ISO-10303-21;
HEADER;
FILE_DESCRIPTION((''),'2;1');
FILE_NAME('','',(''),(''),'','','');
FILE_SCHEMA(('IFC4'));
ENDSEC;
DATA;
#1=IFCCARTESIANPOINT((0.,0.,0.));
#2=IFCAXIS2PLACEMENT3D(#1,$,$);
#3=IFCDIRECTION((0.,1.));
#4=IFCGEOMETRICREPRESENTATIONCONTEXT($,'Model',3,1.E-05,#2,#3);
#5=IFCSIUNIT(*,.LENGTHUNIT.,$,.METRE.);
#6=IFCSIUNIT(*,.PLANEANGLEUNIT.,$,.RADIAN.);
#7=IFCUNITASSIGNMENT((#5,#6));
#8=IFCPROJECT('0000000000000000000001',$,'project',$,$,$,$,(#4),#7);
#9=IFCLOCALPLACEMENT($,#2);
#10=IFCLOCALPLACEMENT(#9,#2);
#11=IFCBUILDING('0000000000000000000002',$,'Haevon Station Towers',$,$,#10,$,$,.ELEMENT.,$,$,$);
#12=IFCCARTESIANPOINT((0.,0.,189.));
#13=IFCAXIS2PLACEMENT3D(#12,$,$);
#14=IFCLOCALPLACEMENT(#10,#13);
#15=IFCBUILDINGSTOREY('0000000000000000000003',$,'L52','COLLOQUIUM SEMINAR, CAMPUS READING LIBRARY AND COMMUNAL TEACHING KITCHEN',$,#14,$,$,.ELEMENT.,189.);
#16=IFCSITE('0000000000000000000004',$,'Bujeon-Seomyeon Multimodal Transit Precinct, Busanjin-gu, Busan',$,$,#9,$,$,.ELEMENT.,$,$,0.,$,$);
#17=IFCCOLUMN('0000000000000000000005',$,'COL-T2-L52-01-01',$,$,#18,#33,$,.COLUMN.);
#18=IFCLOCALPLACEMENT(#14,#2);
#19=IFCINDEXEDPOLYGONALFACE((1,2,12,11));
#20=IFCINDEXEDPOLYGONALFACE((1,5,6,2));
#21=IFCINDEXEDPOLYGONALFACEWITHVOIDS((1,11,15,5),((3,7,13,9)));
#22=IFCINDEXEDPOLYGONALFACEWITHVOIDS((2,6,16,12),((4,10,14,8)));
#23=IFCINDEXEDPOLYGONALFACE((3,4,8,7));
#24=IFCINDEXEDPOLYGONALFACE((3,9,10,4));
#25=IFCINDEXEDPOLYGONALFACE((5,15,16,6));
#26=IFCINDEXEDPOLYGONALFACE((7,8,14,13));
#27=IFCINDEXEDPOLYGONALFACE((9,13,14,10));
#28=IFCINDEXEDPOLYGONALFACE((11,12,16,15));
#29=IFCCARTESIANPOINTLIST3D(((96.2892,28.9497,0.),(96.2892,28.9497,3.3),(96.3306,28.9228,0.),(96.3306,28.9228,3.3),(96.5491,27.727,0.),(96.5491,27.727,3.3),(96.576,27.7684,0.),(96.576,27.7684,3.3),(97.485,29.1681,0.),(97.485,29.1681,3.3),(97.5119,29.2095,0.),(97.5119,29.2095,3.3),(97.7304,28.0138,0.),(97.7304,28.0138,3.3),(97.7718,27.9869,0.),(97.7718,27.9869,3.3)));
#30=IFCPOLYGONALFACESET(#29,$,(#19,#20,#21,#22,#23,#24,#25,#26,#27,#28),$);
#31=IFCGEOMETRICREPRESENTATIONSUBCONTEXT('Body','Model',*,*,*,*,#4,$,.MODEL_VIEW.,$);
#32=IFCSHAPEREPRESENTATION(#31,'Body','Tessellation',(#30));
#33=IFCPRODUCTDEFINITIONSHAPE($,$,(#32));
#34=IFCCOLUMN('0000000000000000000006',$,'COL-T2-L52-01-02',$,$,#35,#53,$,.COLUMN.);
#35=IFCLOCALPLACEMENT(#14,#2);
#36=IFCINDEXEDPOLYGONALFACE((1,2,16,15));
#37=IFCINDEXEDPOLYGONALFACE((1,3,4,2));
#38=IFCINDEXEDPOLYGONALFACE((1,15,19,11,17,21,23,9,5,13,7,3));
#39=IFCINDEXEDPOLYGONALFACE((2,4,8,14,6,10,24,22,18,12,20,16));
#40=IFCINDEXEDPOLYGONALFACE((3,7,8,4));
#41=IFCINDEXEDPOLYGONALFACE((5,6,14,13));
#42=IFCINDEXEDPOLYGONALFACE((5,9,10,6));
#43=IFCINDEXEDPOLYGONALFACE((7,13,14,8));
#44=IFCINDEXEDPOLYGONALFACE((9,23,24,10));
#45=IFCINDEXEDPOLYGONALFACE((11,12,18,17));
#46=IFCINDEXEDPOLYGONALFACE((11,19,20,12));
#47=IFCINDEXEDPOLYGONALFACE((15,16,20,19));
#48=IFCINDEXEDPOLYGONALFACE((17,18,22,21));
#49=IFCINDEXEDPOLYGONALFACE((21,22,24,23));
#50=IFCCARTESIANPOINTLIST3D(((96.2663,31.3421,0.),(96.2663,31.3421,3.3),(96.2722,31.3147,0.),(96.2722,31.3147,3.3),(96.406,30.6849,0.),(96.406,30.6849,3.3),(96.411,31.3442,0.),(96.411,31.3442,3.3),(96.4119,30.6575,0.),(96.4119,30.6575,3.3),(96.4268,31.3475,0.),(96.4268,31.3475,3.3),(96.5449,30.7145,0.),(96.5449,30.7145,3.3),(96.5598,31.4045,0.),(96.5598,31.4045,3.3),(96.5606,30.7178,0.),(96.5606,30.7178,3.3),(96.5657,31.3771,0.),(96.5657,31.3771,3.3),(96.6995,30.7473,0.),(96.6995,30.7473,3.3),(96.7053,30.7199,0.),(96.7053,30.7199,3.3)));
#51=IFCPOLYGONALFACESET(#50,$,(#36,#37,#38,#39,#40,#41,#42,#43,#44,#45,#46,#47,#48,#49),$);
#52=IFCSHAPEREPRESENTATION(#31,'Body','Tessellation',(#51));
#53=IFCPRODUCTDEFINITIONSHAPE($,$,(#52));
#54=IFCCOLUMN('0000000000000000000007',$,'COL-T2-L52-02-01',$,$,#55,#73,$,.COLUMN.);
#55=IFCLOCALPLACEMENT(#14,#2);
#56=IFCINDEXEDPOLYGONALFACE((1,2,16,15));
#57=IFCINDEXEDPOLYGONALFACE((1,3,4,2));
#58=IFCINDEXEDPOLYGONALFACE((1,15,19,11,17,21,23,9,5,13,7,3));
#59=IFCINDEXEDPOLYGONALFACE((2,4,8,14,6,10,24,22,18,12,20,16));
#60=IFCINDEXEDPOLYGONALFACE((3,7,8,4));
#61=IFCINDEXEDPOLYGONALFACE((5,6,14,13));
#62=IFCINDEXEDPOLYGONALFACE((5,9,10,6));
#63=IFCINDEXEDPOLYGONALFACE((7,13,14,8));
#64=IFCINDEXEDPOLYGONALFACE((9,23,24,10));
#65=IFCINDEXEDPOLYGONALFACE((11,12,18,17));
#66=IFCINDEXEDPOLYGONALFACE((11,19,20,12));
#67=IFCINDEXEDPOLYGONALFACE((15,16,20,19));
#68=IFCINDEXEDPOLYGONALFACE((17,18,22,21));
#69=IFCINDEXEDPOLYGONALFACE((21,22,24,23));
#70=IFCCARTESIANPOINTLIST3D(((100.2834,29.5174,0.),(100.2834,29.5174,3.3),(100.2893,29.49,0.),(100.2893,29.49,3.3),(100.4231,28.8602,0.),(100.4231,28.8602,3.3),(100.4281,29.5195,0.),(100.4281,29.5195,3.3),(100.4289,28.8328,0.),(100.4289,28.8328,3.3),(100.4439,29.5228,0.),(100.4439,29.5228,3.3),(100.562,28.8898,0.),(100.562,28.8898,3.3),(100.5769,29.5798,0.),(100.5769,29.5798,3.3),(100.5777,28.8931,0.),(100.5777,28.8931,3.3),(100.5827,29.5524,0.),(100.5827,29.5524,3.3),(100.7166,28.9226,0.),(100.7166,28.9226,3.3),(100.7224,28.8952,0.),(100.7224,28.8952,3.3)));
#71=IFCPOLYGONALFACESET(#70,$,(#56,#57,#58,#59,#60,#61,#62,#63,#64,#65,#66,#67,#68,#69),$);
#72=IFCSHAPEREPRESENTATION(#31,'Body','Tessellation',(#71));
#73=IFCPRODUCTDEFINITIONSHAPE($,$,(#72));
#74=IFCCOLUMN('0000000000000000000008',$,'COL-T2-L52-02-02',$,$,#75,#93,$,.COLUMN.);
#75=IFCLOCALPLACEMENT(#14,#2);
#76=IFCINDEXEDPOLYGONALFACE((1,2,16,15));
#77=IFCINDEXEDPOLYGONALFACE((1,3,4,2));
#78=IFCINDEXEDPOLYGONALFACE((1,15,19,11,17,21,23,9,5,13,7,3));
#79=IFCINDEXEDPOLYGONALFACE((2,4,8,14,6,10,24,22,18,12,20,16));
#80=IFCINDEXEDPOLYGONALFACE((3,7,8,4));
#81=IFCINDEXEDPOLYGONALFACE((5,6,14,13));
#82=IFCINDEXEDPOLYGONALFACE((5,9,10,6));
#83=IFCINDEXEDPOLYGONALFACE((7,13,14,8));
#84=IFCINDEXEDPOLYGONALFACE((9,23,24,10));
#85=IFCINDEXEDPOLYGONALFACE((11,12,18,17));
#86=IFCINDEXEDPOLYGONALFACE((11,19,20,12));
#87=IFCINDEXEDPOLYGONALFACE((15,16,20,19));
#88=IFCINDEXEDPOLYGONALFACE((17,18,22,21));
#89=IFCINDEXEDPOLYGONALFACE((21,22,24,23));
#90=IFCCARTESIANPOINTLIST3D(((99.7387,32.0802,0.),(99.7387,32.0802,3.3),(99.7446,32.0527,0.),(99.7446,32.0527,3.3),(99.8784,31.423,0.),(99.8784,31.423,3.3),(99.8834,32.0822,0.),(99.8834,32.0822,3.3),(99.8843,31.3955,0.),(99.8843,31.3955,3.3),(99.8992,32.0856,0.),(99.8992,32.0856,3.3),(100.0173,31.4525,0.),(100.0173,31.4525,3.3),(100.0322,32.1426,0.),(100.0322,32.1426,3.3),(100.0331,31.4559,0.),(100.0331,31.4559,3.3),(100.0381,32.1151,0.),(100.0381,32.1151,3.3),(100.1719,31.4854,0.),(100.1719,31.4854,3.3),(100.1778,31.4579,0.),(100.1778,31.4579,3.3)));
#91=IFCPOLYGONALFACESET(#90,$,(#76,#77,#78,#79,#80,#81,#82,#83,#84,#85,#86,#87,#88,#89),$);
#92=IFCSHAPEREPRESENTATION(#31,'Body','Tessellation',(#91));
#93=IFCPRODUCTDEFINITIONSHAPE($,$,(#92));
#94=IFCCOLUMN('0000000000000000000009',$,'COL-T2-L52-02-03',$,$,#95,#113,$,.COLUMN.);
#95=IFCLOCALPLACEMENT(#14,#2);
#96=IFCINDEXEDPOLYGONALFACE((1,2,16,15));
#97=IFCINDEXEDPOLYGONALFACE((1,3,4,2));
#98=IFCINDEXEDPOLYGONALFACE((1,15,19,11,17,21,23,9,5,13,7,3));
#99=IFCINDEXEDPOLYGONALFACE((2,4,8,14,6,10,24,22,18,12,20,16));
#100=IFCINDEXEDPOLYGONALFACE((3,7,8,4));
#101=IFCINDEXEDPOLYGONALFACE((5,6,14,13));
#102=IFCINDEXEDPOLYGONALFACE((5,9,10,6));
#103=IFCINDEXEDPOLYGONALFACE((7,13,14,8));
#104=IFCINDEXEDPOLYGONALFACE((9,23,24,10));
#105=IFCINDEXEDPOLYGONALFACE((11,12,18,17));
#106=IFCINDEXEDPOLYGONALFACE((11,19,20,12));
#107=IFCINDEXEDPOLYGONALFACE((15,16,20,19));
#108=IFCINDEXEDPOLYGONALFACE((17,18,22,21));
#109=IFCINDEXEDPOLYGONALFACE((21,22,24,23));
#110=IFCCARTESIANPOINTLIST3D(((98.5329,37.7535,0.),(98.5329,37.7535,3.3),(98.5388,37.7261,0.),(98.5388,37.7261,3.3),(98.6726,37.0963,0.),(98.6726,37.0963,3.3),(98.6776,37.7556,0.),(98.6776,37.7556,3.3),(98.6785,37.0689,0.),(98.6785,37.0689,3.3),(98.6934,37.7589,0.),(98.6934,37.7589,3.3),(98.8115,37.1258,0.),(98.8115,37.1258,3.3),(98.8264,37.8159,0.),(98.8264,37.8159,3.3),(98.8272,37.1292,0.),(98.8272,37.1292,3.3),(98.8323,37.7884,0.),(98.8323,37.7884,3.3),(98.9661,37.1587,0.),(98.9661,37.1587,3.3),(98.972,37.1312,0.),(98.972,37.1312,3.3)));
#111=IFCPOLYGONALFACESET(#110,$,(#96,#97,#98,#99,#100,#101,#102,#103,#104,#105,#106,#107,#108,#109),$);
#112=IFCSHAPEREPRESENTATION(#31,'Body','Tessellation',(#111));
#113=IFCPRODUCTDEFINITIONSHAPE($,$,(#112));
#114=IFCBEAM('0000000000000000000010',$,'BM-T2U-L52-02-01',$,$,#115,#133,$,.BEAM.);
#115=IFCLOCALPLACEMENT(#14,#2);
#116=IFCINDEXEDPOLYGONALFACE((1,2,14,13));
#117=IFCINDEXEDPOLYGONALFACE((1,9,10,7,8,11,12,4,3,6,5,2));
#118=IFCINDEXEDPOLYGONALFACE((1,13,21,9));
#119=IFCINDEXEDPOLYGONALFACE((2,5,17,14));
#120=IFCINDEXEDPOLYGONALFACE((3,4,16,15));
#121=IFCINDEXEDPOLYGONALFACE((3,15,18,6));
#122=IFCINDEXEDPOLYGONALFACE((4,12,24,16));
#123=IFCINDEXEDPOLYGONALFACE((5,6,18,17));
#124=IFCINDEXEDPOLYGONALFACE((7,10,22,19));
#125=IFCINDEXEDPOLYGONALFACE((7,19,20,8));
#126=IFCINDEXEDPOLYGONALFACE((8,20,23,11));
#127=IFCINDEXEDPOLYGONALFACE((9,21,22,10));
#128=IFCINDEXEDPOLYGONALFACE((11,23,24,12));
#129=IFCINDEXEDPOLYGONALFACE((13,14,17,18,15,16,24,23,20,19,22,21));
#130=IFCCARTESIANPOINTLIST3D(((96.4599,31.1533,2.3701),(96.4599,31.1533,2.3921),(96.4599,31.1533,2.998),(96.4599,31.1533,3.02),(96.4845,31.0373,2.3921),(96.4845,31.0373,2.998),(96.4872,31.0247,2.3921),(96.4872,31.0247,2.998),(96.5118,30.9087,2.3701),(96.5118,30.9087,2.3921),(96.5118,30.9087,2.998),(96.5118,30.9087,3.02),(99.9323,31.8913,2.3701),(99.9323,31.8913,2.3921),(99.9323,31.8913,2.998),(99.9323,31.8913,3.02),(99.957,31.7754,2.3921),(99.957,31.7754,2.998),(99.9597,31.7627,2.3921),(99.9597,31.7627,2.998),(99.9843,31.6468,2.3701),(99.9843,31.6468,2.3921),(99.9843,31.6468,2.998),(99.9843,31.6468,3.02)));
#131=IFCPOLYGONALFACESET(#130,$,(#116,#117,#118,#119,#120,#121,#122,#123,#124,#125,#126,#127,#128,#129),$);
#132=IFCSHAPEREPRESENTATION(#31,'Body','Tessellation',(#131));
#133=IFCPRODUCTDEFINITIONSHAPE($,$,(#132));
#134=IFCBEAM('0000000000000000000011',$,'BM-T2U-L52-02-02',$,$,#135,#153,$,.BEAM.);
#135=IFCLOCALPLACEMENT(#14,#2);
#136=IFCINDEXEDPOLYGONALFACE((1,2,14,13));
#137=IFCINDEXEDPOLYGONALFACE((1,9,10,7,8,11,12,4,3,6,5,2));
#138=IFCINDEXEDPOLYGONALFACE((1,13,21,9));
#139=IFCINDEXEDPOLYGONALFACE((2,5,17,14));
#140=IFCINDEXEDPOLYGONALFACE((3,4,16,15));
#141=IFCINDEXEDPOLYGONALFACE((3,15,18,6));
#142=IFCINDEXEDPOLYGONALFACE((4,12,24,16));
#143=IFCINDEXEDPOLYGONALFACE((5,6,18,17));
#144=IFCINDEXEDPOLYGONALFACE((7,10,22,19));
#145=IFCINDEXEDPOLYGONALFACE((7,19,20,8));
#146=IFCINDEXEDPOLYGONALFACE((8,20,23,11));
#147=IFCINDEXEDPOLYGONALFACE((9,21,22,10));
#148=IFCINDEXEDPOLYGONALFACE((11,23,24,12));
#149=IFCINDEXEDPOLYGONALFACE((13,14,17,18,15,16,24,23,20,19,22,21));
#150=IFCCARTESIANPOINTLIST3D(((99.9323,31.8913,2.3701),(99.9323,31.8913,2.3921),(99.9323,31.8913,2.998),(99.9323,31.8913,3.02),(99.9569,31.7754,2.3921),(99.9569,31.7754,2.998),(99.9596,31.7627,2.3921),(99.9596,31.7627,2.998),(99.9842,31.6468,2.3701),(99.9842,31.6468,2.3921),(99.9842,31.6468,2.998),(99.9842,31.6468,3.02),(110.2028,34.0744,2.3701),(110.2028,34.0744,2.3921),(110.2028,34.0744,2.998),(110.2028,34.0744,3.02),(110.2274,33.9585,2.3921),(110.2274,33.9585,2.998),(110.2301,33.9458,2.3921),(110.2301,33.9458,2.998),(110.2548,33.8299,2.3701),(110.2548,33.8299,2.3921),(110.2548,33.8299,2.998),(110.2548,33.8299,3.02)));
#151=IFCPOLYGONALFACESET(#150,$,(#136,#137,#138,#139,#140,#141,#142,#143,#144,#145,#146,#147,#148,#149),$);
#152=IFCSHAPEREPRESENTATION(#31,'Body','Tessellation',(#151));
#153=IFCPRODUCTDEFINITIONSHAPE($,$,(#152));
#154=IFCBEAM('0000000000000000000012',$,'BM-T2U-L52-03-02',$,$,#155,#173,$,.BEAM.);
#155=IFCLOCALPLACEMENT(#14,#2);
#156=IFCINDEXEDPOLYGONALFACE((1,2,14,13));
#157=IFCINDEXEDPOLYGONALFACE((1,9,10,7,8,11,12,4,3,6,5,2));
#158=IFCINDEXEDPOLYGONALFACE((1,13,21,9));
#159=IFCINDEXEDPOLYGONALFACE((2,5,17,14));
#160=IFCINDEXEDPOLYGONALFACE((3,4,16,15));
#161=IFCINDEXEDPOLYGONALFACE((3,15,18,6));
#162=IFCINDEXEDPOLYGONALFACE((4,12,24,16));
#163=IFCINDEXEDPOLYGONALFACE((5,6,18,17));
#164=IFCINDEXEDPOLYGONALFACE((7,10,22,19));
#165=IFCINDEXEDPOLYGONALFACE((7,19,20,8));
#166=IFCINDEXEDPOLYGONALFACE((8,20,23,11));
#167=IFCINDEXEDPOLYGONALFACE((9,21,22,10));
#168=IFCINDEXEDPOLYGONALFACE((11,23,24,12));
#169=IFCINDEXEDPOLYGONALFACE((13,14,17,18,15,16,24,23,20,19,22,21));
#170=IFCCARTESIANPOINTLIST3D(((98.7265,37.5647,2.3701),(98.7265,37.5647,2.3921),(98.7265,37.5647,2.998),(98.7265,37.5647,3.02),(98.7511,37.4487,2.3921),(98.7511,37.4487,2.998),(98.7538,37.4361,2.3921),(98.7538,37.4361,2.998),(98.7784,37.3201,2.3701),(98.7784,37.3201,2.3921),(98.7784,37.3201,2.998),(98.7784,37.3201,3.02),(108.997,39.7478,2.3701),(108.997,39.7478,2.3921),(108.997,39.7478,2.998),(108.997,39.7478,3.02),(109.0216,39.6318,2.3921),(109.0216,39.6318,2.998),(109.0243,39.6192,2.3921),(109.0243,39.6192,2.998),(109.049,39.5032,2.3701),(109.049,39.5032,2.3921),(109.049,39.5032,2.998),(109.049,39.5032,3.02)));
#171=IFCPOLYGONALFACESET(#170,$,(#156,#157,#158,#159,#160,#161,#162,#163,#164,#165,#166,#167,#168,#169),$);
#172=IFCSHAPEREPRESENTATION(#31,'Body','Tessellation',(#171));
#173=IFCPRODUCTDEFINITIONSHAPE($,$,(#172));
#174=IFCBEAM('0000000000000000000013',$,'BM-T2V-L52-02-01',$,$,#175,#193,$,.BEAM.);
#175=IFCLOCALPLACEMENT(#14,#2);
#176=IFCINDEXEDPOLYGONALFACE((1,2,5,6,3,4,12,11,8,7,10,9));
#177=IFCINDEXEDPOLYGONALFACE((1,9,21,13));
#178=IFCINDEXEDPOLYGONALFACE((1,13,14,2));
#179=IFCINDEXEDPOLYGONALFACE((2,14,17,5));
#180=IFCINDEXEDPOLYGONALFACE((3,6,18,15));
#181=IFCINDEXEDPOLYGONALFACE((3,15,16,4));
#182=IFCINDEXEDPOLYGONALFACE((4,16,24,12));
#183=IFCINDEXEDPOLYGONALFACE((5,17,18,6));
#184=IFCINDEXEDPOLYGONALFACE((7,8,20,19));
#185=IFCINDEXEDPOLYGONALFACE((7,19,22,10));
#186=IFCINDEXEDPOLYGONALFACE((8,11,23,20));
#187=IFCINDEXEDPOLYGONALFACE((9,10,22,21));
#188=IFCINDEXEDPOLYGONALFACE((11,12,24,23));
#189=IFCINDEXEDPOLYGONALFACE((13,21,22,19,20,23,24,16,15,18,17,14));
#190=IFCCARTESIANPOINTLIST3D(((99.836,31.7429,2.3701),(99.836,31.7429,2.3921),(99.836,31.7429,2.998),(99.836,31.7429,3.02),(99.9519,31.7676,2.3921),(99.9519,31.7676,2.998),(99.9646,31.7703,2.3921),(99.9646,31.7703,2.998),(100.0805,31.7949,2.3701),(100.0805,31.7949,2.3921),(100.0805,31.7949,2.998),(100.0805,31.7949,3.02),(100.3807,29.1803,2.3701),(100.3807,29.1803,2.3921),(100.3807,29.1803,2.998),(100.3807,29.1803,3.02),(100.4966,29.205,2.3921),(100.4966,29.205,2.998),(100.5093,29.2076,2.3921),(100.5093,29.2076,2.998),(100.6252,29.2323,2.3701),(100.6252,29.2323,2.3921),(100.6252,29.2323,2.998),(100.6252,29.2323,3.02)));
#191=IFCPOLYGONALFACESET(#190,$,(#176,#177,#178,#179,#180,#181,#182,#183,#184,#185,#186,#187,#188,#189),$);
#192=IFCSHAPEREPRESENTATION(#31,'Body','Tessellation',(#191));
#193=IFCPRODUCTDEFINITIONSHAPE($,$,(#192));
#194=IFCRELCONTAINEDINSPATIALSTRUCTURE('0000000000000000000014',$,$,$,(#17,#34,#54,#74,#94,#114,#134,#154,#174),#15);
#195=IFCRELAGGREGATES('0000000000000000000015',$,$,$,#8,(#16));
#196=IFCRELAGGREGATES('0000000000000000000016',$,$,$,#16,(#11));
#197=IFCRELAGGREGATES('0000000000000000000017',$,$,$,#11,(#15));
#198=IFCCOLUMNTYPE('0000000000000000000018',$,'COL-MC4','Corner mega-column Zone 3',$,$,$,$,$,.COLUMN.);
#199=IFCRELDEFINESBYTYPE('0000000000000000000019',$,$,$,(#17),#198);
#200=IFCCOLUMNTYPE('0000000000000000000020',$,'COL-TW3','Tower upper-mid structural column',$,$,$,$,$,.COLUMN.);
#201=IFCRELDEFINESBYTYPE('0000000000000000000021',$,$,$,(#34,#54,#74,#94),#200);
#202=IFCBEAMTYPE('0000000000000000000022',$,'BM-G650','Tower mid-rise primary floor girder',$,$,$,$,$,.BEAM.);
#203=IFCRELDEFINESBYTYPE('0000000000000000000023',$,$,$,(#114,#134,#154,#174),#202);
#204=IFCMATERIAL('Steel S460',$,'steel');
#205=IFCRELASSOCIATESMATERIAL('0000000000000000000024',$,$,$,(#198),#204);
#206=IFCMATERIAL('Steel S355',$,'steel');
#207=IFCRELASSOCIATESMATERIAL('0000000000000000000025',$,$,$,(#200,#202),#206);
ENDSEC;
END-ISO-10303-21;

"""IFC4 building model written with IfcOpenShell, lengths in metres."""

from ifc_helpers import new_model, si_unit, direction, frame, origin, origin_2d, place, context, subcontext, project, spatial, hollow_rectangle, i_section, extrude, material, material_profile, profile_set, type_object, element, save


model = new_model("IFC4")

# Units and contexts
model_context = context("Model", 3, precision=1e-05, world=origin(), true_north=direction((0.0, 1.0)))
body_context = subcontext(model_context, "Body", "Model", "MODEL_VIEW")
ifc_project = project(units=[si_unit("LENGTHUNIT", "METRE"), si_unit("PLANEANGLEUNIT", "RADIAN")], contexts=[model_context])

# Site, building, storey
site_placement = place(None, origin())
site = spatial("IfcSite", under=ifc_project, at=site_placement, Name="Bujeon-Seomyeon Multimodal Transit Precinct, Busanjin-gu, Busan", CompositionType="ELEMENT", RefElevation=0.0)
building_placement = place(site_placement, origin())
building = spatial("IfcBuilding", under=site, at=building_placement, Name="Haevon Station Towers", CompositionType="ELEMENT")
storey_placement = place(building_placement, frame((0.0, 0.0, 189.0)))
storey = spatial("IfcBuildingStorey", under=building, at=storey_placement, Name="L52", Description="COLLOQUIUM SEMINAR, CAMPUS READING LIBRARY AND COMMUNAL TEACHING KITCHEN", CompositionType="ELEMENT", Elevation=189.0)

# Columns
ifc_material_1 = material(Name="Steel S460", Category="steel")
ifc_material_profile_1 = material_profile(ifc_material_1, hollow_rectangle(XDim=1.25, YDim=1.25, WallThickness=0.0349, at=origin_2d()), Name="BOX-1250x1250x35")
ifc_profile_set_1 = profile_set([ifc_material_profile_1], Name="Steel S460")
column_type_1 = type_object("IfcColumnType", Name="COL-MC4", Description="Corner mega-column Zone 3", PredefinedType="COLUMN", material=ifc_profile_set_1)
column_placement = place(storey_placement, frame((97.0305, 28.4683, 0.0), z_axis=(0.0, 0.0, 1.0), x_axis=(0.978148, 0.207912, 0.0)))
element("IfcColumn", 1, at=column_placement, inside=storey, type_object=column_type_1, Name="COL-T2-L52-01-01", PredefinedType="COLUMN", context=body_context, shape_type="SweptSolid", body=[
    extrude(hollow_rectangle(XDim=1.25, YDim=1.25, WallThickness=0.0349, at=origin_2d()), origin(), (0.0, 0.0, 1.0), 3.3),
])
ifc_material_2 = material(Name="Steel S355", Category="steel")
ifc_material_profile_2 = material_profile(ifc_material_2, i_section(OverallWidth=0.3, OverallDepth=0.7, WebThickness=0.0161, FlangeThickness=0.0281, at=origin_2d()), Name="H-700x300x16x28")
ifc_profile_set_2 = profile_set([ifc_material_profile_2], Name="Steel S355")
column_type_2 = type_object("IfcColumnType", Name="COL-TW3", Description="Tower upper-mid structural column", PredefinedType="COLUMN", material=ifc_profile_set_2)
for number, where, z_axis, x_axis, name in (
    (2, (96.4858, 31.031, 0.0), (0.0, 0.0, 1.0), (0.978148, 0.207912, 0.0), "COL-T2-L52-01-02"),
    (3, (100.5029, 29.2063, 0.0), (0.0, 0.0, 1.0), (0.978148, 0.207912, 0.0), "COL-T2-L52-02-01"),
    (4, (99.9583, 31.769, 0.0), (0.0, 0.0, 1.0), (0.978148, 0.207912, 0.0), "COL-T2-L52-02-02"),
    (5, (98.7524, 37.4424, 0.0), (0.0, 0.0, 1.0), (0.978148, 0.207912, 0.0), "COL-T2-L52-02-03"),
):
    element("IfcColumn", number, at=place(storey_placement, frame(where, z_axis=z_axis, x_axis=x_axis)), inside=storey, type_object=column_type_2, Name=name, PredefinedType="COLUMN", context=body_context, shape_type="SweptSolid", body=[
        extrude(i_section(OverallWidth=0.3, OverallDepth=0.7, WebThickness=0.0161, FlangeThickness=0.0281, at=origin_2d()), origin(), (0.0, 0.0, 1.0), 3.3),
    ])

# Beams
ifc_material_profile_3 = material_profile(ifc_material_2, i_section(OverallWidth=0.25, OverallDepth=0.6499, WebThickness=0.0129, FlangeThickness=0.022, at=origin_2d()), Name="H-650x250x13x22")
ifc_profile_set_3 = profile_set([ifc_material_profile_3], Name="Steel S355")
beam_type_1 = type_object("IfcBeamType", Name="BM-G650", Description="Tower mid-rise primary floor girder", PredefinedType="BEAM", material=ifc_profile_set_3)
beam_1_placement = place(storey_placement, frame((96.4858, 31.031, 2.6951), z_axis=(0.97815, 0.207899, 0.0), x_axis=(-0.207899, 0.97815, 0.0)))
element("IfcBeam", 6, at=beam_1_placement, inside=storey, type_object=beam_type_1, Name="BM-T2U-L52-02-01", PredefinedType="BEAM", context=body_context, shape_type="SweptSolid", body=[
    extrude(i_section(OverallWidth=0.25, OverallDepth=0.6499, WebThickness=0.0129, FlangeThickness=0.022, at=origin_2d()), origin(), (0.0, 0.0, 1.0), 3.55),
])
for number, where, z_axis, x_axis, name in (
    (7, (99.9583, 31.769, 2.6951), (0.978147, 0.207915, 0.0), (-0.207915, 0.978147, 0.0), "BM-T2U-L52-02-02"),
    (8, (98.7524, 37.4424, 2.6951), (0.978147, 0.207915, 0.0), (-0.207915, 0.978147, 0.0), "BM-T2U-L52-03-02"),
):
    element("IfcBeam", number, at=place(storey_placement, frame(where, z_axis=z_axis, x_axis=x_axis)), inside=storey, type_object=beam_type_1, Name=name, PredefinedType="BEAM", context=body_context, shape_type="SweptSolid", body=[
        extrude(i_section(OverallWidth=0.25, OverallDepth=0.6499, WebThickness=0.0129, FlangeThickness=0.022, at=origin_2d()), origin(), (0.0, 0.0, 1.0), 10.5),
    ])
beam_2_placement = place(storey_placement, frame((100.5029, 29.2063, 2.6951), z_axis=(-0.207893, 0.978152, 0.0), x_axis=(-0.978152, -0.207893, 0.0)))
element("IfcBeam", 9, at=beam_2_placement, inside=storey, type_object=beam_type_1, Name="BM-T2V-L52-02-01", PredefinedType="BEAM", context=body_context, shape_type="SweptSolid", body=[
    extrude(i_section(OverallWidth=0.25, OverallDepth=0.6499, WebThickness=0.0129, FlangeThickness=0.022, at=origin_2d()), origin(), (0.0, 0.0, 1.0), 2.6199),
])

save(model, "model.ifc")
